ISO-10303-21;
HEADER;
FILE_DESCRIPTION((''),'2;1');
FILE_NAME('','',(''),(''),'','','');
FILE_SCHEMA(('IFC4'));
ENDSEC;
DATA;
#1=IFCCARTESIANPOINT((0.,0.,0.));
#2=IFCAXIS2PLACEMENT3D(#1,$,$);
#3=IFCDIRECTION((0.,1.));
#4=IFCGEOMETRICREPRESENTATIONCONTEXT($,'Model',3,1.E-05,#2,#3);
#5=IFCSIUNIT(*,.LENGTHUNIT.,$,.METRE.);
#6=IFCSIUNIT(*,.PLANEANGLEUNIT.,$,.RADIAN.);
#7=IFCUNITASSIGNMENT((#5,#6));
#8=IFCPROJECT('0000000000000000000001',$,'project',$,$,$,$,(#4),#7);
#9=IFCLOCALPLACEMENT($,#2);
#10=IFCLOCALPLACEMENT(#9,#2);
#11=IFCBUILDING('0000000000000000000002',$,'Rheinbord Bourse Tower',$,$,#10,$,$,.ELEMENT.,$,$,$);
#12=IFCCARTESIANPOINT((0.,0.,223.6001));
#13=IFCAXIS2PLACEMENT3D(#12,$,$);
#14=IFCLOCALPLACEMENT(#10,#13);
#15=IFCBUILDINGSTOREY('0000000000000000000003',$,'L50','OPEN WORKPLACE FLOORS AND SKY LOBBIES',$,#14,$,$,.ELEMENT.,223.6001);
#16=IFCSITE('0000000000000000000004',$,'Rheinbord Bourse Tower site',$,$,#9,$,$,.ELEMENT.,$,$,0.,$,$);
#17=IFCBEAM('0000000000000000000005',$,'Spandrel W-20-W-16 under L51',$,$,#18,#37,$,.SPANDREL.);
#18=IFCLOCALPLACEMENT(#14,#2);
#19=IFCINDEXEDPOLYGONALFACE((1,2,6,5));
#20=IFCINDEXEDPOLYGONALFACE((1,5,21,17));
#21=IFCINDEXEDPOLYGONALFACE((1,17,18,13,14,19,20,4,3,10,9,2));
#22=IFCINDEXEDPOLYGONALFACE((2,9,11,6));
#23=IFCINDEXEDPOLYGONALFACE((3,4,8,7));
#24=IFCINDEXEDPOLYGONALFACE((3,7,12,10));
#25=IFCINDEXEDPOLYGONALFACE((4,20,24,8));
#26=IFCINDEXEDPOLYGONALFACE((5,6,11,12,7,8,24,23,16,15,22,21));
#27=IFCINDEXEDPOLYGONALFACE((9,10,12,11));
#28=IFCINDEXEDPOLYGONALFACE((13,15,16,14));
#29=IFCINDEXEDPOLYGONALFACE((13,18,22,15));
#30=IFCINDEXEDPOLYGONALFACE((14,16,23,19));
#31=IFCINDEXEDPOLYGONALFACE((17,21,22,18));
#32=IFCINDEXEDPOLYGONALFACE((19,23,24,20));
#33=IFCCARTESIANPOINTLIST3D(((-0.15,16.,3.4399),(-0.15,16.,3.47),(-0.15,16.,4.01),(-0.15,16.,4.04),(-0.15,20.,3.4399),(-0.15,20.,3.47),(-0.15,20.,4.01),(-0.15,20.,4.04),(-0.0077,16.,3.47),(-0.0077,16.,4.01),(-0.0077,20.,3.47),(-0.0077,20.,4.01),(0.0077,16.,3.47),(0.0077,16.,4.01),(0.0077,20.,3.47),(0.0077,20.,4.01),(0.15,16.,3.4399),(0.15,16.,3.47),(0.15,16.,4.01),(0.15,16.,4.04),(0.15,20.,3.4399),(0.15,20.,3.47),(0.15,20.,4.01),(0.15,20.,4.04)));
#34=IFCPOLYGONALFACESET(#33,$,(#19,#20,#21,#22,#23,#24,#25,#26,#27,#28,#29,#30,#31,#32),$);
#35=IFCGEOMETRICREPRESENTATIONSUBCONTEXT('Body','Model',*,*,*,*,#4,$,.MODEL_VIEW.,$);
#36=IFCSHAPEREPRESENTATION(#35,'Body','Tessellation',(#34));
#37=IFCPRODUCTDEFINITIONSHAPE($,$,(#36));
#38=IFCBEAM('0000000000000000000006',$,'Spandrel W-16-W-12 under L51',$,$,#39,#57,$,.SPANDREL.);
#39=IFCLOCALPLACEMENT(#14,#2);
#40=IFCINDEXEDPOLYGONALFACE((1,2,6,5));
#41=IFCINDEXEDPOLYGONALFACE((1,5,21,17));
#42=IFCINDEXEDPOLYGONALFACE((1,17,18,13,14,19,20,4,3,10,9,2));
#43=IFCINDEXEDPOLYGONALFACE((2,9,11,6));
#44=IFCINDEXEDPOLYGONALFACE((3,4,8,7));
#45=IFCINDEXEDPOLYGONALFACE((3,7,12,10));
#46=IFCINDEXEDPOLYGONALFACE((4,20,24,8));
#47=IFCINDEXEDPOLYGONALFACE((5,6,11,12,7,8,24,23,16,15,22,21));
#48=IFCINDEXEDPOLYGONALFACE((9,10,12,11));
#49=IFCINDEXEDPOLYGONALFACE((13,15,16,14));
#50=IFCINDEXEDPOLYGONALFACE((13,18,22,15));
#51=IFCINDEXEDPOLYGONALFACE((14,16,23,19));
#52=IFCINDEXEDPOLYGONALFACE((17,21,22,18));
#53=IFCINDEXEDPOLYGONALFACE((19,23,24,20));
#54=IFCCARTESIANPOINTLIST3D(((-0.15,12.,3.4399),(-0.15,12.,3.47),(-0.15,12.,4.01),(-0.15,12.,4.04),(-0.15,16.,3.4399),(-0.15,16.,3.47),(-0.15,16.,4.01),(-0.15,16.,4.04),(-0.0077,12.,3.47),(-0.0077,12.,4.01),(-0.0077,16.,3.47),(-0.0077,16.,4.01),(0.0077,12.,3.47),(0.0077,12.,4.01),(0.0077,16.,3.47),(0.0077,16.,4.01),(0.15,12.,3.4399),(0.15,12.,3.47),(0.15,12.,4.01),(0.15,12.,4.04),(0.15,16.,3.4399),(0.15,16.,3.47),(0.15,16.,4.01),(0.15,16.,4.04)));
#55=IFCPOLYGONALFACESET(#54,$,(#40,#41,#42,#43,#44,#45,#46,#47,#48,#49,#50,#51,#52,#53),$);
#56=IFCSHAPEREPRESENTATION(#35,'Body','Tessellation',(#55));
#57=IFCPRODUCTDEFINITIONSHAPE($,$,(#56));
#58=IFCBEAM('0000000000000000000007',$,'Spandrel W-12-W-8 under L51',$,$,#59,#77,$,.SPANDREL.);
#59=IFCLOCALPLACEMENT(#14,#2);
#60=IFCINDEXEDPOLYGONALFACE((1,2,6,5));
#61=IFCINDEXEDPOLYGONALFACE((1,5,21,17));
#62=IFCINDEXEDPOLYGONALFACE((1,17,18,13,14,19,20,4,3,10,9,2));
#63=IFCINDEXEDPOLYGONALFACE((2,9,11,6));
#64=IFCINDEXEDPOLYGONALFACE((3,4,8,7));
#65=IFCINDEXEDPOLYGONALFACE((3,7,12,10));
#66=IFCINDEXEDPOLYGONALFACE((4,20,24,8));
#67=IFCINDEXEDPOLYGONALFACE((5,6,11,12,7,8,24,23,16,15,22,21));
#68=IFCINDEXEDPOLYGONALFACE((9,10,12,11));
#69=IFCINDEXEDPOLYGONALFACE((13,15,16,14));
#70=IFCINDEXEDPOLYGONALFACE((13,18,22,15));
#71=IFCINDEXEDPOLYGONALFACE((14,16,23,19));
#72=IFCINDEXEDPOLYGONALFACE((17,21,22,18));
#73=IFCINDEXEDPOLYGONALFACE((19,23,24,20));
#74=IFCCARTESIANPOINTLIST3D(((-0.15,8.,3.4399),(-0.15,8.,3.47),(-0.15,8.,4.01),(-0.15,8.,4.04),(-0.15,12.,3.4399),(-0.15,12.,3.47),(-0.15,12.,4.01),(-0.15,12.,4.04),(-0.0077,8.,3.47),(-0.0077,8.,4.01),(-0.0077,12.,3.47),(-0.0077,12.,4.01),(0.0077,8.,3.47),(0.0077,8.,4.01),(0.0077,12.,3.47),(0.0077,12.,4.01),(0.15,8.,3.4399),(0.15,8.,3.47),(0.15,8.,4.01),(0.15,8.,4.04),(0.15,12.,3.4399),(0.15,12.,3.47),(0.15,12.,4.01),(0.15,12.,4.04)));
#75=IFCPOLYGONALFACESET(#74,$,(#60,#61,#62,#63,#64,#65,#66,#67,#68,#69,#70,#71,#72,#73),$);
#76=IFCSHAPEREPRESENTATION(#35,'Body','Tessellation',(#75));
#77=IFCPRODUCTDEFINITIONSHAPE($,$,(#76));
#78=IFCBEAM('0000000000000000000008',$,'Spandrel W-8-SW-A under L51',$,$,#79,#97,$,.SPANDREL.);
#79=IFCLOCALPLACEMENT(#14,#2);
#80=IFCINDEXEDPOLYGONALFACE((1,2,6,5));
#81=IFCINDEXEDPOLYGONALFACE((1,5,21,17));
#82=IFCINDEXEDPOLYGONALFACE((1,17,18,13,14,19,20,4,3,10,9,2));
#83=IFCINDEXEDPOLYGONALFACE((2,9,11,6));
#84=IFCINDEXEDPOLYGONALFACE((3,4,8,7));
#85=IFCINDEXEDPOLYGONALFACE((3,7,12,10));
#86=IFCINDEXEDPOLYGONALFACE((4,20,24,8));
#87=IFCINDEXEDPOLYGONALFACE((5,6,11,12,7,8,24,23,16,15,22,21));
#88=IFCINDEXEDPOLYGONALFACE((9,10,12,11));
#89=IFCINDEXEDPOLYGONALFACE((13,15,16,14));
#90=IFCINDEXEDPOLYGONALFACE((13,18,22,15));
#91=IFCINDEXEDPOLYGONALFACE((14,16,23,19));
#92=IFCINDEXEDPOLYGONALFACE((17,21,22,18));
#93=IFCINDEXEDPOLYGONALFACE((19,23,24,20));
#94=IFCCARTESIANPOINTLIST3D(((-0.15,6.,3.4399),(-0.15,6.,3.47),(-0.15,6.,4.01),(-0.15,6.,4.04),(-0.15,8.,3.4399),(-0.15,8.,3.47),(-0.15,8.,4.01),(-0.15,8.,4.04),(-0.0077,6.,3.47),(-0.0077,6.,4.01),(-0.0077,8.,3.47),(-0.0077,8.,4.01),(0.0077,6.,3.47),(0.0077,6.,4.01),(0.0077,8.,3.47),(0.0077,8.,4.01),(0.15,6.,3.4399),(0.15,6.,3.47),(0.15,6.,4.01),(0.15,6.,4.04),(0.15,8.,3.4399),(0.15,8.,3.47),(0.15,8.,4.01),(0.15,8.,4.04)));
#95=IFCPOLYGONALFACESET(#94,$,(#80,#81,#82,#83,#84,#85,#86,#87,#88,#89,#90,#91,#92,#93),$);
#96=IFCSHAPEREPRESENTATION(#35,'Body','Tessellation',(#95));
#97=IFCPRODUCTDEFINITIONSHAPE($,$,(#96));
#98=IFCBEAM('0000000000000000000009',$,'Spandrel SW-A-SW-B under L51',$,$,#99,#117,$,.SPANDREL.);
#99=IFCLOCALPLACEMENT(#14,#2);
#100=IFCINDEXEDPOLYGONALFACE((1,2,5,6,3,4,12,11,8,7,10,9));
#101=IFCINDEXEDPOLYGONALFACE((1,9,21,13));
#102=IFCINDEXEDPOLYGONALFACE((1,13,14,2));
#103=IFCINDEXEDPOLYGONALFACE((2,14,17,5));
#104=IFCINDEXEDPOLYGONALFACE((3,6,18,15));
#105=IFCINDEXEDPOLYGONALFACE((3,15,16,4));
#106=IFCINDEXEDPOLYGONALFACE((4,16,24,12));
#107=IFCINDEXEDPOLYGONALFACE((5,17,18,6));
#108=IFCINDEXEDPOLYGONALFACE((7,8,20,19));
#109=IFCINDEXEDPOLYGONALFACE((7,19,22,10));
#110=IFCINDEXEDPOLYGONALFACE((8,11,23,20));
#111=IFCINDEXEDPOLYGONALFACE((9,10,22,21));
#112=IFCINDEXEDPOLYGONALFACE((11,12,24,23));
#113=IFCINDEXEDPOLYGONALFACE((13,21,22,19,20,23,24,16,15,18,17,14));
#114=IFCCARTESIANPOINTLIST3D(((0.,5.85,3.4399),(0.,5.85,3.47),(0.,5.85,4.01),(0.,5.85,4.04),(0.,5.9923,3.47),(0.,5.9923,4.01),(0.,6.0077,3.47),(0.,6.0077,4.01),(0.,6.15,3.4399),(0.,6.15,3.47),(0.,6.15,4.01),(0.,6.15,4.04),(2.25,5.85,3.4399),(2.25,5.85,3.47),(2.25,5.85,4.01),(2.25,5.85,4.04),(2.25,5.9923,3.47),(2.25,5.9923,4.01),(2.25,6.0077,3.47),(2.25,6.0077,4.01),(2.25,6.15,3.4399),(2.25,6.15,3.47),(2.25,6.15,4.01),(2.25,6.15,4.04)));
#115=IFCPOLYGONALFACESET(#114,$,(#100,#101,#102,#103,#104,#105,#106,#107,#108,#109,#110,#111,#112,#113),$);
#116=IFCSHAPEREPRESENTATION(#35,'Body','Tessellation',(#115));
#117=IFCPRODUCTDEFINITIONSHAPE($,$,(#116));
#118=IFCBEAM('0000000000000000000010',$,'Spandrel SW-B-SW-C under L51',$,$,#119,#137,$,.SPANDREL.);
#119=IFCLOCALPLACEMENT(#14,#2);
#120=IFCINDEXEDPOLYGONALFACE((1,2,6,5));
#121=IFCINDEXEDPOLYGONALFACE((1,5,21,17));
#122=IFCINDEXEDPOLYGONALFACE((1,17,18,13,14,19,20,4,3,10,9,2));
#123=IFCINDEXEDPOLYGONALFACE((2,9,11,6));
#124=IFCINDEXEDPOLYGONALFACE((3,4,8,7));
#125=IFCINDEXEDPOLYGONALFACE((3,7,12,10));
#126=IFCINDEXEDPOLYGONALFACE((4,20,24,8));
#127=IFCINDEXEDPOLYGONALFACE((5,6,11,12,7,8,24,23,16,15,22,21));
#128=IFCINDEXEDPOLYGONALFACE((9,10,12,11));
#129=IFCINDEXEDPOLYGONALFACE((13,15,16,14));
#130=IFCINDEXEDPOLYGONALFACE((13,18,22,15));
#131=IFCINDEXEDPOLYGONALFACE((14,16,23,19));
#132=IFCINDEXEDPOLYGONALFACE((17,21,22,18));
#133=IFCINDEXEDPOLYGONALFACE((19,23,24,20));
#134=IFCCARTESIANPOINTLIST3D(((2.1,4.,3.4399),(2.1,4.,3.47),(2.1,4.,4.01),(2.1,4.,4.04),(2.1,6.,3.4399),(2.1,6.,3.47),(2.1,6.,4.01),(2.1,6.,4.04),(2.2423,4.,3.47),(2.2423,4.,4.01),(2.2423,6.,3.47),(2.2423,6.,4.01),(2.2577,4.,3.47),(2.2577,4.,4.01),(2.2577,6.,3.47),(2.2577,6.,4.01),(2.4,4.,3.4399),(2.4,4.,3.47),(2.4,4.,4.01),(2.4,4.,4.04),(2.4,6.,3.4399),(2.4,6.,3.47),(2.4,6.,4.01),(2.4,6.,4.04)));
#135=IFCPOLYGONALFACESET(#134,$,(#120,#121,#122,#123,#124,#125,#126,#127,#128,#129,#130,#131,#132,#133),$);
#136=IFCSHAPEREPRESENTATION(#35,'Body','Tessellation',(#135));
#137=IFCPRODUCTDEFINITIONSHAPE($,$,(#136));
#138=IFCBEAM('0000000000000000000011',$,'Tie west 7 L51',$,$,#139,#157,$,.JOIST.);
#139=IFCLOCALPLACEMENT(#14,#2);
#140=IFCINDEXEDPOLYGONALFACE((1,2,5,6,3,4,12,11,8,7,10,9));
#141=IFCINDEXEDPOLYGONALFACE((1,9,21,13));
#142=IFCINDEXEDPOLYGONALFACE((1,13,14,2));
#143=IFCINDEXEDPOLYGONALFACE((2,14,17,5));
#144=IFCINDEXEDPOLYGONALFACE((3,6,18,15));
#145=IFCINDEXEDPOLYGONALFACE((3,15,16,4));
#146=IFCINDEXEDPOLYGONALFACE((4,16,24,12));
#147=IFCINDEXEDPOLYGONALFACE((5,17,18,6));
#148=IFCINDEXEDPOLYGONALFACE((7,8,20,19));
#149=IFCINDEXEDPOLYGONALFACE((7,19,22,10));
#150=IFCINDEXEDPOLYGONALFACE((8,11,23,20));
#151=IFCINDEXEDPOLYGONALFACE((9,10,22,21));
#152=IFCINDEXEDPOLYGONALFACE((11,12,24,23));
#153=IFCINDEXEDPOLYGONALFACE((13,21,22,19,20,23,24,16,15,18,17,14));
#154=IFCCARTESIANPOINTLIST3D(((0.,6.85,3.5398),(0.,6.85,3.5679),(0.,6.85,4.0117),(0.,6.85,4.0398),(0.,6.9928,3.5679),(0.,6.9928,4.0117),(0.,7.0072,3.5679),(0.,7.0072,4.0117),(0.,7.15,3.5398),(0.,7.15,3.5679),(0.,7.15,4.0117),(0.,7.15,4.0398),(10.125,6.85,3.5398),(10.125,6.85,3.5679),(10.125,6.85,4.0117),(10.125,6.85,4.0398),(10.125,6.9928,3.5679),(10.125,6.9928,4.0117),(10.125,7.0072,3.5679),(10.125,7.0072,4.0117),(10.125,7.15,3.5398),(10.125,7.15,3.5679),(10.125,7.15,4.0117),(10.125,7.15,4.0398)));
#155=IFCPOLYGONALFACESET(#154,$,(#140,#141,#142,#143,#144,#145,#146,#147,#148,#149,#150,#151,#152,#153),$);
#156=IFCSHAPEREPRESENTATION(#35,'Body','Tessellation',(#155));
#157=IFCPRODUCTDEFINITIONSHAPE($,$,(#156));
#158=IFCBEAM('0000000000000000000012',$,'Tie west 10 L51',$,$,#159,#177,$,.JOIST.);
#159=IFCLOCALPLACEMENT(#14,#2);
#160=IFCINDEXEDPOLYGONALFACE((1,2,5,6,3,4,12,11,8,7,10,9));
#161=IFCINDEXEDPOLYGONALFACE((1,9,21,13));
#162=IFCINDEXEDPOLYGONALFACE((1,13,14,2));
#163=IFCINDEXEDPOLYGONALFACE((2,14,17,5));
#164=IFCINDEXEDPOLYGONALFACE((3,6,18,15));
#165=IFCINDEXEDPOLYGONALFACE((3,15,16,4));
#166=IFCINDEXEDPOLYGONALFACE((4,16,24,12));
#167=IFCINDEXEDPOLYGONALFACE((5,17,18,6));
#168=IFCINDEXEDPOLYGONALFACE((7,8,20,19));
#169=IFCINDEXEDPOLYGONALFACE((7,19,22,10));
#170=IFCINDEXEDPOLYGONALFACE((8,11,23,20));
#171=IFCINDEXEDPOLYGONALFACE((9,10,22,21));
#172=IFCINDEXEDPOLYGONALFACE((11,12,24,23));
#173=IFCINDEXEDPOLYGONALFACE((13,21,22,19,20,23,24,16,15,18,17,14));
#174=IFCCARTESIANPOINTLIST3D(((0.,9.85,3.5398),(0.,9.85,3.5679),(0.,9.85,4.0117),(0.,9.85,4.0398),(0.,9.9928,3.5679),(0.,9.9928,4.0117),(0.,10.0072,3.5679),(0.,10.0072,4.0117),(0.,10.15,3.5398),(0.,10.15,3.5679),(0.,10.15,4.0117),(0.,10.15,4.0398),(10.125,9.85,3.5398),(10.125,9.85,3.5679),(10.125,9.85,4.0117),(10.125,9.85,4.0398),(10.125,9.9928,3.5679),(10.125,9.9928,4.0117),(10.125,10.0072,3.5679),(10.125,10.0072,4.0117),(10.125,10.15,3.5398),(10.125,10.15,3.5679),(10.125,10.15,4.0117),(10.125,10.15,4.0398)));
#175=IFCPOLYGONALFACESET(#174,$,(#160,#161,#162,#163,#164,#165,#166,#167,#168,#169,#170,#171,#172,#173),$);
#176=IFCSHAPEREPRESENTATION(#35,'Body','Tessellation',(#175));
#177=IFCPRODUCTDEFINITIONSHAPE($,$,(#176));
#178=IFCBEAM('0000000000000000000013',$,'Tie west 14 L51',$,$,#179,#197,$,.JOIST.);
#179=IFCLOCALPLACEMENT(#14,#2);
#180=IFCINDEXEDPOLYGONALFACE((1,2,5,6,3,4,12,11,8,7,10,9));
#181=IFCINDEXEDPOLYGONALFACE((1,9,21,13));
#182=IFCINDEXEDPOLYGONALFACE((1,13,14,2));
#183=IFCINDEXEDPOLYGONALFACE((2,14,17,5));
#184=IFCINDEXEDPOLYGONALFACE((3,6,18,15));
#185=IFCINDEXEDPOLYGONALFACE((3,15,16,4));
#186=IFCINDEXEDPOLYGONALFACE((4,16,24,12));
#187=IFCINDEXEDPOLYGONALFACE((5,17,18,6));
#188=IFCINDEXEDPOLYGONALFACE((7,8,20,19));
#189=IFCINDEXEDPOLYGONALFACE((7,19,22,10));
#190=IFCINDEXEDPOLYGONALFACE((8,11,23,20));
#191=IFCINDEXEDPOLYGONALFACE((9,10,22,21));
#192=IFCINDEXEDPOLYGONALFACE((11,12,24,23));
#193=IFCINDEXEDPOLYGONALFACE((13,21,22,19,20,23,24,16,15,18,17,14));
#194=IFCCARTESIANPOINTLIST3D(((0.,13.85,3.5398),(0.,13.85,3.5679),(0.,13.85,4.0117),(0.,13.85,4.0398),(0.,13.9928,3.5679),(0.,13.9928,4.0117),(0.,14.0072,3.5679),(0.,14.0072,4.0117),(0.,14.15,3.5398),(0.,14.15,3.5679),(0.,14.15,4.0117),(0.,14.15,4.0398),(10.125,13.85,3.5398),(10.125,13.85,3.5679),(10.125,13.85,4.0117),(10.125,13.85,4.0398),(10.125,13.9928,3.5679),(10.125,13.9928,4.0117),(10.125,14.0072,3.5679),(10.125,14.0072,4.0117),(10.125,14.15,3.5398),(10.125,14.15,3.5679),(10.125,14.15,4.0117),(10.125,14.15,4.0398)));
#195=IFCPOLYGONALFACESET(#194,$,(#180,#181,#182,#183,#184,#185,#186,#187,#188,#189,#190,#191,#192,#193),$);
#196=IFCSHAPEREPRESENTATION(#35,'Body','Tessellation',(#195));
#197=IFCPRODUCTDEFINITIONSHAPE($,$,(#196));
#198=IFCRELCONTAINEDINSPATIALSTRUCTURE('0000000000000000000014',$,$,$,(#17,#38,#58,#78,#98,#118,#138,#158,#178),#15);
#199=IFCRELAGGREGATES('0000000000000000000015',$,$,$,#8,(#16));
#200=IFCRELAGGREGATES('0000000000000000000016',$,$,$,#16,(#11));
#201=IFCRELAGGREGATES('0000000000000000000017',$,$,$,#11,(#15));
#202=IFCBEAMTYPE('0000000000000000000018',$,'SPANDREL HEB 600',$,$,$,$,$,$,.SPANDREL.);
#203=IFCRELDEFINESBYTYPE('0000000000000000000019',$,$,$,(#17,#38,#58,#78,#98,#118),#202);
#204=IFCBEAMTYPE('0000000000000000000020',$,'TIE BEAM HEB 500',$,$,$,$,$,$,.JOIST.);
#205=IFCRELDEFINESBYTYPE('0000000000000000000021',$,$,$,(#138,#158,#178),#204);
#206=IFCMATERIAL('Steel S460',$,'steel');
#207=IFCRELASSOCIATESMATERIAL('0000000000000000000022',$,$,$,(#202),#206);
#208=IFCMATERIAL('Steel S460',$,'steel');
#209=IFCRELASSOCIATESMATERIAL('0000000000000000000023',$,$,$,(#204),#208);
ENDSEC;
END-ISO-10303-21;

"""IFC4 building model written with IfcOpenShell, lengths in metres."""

from ifc_helpers import new_model, si_unit, direction, frame, origin, origin_2d, place, context, subcontext, project, spatial, i_section, extrude, material, material_profile, profile_set, type_object, element, save


model = new_model("IFC4")

# Units and contexts
model_context = context("Model", 3, precision=1e-05, world=origin(), true_north=direction((0.0, 1.0)))
body_context = subcontext(model_context, "Body", "Model", "MODEL_VIEW")
ifc_project = project(units=[si_unit("LENGTHUNIT", "METRE"), si_unit("PLANEANGLEUNIT", "RADIAN")], contexts=[model_context])

# Site, building, storey
site_placement = place(None, origin())
site = spatial("IfcSite", under=ifc_project, at=site_placement, Name="Rheinbord Bourse Tower site", CompositionType="ELEMENT", RefElevation=0.0)
building_placement = place(site_placement, origin())
building = spatial("IfcBuilding", under=site, at=building_placement, Name="Rheinbord Bourse Tower", CompositionType="ELEMENT")
storey_placement = place(building_placement, frame((0.0, 0.0, 223.6001)))
storey = spatial("IfcBuildingStorey", under=building, at=storey_placement, Name="L50", Description="OPEN WORKPLACE FLOORS AND SKY LOBBIES", CompositionType="ELEMENT", Elevation=223.6001)

# Beams
ifc_material_1 = material(Name="Steel S460", Category="steel")
ifc_material_profile_1 = material_profile(ifc_material_1, i_section(OverallWidth=0.3, OverallDepth=0.6001, WebThickness=0.0154, FlangeThickness=0.03, at=origin_2d()), Name="HEB 600")
ifc_profile_set_1 = profile_set([ifc_material_profile_1], Name="Steel S460")
beam_type_1 = type_object("IfcBeamType", Name="SPANDREL HEB 600", PredefinedType="SPANDREL", material=ifc_profile_set_1)
for number, where, z_axis, x_axis, name in (
    (1, (0.0, 20.0, 3.74), (0.0, -1.0, 0.0), (1.0, 0.0, 0.0), "Spandrel W-20-W-16 under L51"),
    (2, (0.0, 16.0, 3.74), (0.0, -1.0, 0.0), (1.0, 0.0, 0.0), "Spandrel W-16-W-12 under L51"),
    (3, (0.0, 12.0, 3.74), (0.0, -1.0, 0.0), (1.0, 0.0, 0.0), "Spandrel W-12-W-8 under L51"),
):
    element("IfcBeam", number, at=place(storey_placement, frame(where, z_axis=z_axis, x_axis=x_axis)), inside=storey, type_object=beam_type_1, Name=name, PredefinedType="SPANDREL", context=body_context, shape_type="SweptSolid", body=[
        extrude(i_section(OverallWidth=0.3, OverallDepth=0.6001, WebThickness=0.0154, FlangeThickness=0.03, at=origin_2d()), origin(), (0.0, 0.0, 1.0), 4.0),
    ])
beam_1_placement = place(storey_placement, frame((0.0, 8.0, 3.74), z_axis=(0.0, -1.0, 0.0), x_axis=(1.0, 0.0, 0.0)))
element("IfcBeam", 4, at=beam_1_placement, inside=storey, type_object=beam_type_1, Name="Spandrel W-8-SW-A under L51", PredefinedType="SPANDREL", context=body_context, shape_type="SweptSolid", body=[
    extrude(i_section(OverallWidth=0.3, OverallDepth=0.6001, WebThickness=0.0154, FlangeThickness=0.03, at=origin_2d()), origin(), (0.0, 0.0, 1.0), 2.0),
])
beam_2_placement = place(storey_placement, frame((0.0, 6.0, 3.74), z_axis=(1.0, 0.0, 0.0), x_axis=(0.0, 1.0, 0.0)))
element("IfcBeam", 5, at=beam_2_placement, inside=storey, type_object=beam_type_1, Name="Spandrel SW-A-SW-B under L51", PredefinedType="SPANDREL", context=body_context, shape_type="SweptSolid", body=[
    extrude(i_section(OverallWidth=0.3, OverallDepth=0.6001, WebThickness=0.0154, FlangeThickness=0.03, at=origin_2d()), origin(), (0.0, 0.0, 1.0), 2.25),
])
beam_3_placement = place(storey_placement, frame((2.25, 6.0, 3.74), z_axis=(0.0, -1.0, 0.0), x_axis=(1.0, 0.0, 0.0)))
element("IfcBeam", 6, at=beam_3_placement, inside=storey, type_object=beam_type_1, Name="Spandrel SW-B-SW-C under L51", PredefinedType="SPANDREL", context=body_context, shape_type="SweptSolid", body=[
    extrude(i_section(OverallWidth=0.3, OverallDepth=0.6001, WebThickness=0.0154, FlangeThickness=0.03, at=origin_2d()), origin(), (0.0, 0.0, 1.0), 2.0),
])
ifc_material_2 = material(Name="Steel S460", Category="steel")
ifc_material_profile_2 = material_profile(ifc_material_2, i_section(OverallWidth=0.3, OverallDepth=0.5, WebThickness=0.0144, FlangeThickness=0.0281, at=origin_2d()), Name="HEB 500")
ifc_profile_set_2 = profile_set([ifc_material_profile_2], Name="Steel S460")
beam_type_2 = type_object("IfcBeamType", Name="TIE BEAM HEB 500", PredefinedType="JOIST", material=ifc_profile_set_2)
for number, where, z_axis, x_axis, name in (
    (7, (0.0, 7.0, 3.7898), (1.0, 0.0, 0.0), (0.0, 1.0, 0.0), "Tie west 7 L51"),
    (8, (0.0, 10.0, 3.7898), (1.0, 0.0, 0.0), (0.0, 1.0, 0.0), "Tie west 10 L51"),
    (9, (0.0, 14.0, 3.7898), (1.0, 0.0, 0.0), (0.0, 1.0, 0.0), "Tie west 14 L51"),
):
    element("IfcBeam", number, at=place(storey_placement, frame(where, z_axis=z_axis, x_axis=x_axis)), inside=storey, type_object=beam_type_2, Name=name, PredefinedType="JOIST", context=body_context, shape_type="SweptSolid", body=[
        extrude(i_section(OverallWidth=0.3, OverallDepth=0.5, WebThickness=0.0144, FlangeThickness=0.0281, at=origin_2d()), origin(), (0.0, 0.0, 1.0), 10.125),
    ])

save(model, "model.ifc")
